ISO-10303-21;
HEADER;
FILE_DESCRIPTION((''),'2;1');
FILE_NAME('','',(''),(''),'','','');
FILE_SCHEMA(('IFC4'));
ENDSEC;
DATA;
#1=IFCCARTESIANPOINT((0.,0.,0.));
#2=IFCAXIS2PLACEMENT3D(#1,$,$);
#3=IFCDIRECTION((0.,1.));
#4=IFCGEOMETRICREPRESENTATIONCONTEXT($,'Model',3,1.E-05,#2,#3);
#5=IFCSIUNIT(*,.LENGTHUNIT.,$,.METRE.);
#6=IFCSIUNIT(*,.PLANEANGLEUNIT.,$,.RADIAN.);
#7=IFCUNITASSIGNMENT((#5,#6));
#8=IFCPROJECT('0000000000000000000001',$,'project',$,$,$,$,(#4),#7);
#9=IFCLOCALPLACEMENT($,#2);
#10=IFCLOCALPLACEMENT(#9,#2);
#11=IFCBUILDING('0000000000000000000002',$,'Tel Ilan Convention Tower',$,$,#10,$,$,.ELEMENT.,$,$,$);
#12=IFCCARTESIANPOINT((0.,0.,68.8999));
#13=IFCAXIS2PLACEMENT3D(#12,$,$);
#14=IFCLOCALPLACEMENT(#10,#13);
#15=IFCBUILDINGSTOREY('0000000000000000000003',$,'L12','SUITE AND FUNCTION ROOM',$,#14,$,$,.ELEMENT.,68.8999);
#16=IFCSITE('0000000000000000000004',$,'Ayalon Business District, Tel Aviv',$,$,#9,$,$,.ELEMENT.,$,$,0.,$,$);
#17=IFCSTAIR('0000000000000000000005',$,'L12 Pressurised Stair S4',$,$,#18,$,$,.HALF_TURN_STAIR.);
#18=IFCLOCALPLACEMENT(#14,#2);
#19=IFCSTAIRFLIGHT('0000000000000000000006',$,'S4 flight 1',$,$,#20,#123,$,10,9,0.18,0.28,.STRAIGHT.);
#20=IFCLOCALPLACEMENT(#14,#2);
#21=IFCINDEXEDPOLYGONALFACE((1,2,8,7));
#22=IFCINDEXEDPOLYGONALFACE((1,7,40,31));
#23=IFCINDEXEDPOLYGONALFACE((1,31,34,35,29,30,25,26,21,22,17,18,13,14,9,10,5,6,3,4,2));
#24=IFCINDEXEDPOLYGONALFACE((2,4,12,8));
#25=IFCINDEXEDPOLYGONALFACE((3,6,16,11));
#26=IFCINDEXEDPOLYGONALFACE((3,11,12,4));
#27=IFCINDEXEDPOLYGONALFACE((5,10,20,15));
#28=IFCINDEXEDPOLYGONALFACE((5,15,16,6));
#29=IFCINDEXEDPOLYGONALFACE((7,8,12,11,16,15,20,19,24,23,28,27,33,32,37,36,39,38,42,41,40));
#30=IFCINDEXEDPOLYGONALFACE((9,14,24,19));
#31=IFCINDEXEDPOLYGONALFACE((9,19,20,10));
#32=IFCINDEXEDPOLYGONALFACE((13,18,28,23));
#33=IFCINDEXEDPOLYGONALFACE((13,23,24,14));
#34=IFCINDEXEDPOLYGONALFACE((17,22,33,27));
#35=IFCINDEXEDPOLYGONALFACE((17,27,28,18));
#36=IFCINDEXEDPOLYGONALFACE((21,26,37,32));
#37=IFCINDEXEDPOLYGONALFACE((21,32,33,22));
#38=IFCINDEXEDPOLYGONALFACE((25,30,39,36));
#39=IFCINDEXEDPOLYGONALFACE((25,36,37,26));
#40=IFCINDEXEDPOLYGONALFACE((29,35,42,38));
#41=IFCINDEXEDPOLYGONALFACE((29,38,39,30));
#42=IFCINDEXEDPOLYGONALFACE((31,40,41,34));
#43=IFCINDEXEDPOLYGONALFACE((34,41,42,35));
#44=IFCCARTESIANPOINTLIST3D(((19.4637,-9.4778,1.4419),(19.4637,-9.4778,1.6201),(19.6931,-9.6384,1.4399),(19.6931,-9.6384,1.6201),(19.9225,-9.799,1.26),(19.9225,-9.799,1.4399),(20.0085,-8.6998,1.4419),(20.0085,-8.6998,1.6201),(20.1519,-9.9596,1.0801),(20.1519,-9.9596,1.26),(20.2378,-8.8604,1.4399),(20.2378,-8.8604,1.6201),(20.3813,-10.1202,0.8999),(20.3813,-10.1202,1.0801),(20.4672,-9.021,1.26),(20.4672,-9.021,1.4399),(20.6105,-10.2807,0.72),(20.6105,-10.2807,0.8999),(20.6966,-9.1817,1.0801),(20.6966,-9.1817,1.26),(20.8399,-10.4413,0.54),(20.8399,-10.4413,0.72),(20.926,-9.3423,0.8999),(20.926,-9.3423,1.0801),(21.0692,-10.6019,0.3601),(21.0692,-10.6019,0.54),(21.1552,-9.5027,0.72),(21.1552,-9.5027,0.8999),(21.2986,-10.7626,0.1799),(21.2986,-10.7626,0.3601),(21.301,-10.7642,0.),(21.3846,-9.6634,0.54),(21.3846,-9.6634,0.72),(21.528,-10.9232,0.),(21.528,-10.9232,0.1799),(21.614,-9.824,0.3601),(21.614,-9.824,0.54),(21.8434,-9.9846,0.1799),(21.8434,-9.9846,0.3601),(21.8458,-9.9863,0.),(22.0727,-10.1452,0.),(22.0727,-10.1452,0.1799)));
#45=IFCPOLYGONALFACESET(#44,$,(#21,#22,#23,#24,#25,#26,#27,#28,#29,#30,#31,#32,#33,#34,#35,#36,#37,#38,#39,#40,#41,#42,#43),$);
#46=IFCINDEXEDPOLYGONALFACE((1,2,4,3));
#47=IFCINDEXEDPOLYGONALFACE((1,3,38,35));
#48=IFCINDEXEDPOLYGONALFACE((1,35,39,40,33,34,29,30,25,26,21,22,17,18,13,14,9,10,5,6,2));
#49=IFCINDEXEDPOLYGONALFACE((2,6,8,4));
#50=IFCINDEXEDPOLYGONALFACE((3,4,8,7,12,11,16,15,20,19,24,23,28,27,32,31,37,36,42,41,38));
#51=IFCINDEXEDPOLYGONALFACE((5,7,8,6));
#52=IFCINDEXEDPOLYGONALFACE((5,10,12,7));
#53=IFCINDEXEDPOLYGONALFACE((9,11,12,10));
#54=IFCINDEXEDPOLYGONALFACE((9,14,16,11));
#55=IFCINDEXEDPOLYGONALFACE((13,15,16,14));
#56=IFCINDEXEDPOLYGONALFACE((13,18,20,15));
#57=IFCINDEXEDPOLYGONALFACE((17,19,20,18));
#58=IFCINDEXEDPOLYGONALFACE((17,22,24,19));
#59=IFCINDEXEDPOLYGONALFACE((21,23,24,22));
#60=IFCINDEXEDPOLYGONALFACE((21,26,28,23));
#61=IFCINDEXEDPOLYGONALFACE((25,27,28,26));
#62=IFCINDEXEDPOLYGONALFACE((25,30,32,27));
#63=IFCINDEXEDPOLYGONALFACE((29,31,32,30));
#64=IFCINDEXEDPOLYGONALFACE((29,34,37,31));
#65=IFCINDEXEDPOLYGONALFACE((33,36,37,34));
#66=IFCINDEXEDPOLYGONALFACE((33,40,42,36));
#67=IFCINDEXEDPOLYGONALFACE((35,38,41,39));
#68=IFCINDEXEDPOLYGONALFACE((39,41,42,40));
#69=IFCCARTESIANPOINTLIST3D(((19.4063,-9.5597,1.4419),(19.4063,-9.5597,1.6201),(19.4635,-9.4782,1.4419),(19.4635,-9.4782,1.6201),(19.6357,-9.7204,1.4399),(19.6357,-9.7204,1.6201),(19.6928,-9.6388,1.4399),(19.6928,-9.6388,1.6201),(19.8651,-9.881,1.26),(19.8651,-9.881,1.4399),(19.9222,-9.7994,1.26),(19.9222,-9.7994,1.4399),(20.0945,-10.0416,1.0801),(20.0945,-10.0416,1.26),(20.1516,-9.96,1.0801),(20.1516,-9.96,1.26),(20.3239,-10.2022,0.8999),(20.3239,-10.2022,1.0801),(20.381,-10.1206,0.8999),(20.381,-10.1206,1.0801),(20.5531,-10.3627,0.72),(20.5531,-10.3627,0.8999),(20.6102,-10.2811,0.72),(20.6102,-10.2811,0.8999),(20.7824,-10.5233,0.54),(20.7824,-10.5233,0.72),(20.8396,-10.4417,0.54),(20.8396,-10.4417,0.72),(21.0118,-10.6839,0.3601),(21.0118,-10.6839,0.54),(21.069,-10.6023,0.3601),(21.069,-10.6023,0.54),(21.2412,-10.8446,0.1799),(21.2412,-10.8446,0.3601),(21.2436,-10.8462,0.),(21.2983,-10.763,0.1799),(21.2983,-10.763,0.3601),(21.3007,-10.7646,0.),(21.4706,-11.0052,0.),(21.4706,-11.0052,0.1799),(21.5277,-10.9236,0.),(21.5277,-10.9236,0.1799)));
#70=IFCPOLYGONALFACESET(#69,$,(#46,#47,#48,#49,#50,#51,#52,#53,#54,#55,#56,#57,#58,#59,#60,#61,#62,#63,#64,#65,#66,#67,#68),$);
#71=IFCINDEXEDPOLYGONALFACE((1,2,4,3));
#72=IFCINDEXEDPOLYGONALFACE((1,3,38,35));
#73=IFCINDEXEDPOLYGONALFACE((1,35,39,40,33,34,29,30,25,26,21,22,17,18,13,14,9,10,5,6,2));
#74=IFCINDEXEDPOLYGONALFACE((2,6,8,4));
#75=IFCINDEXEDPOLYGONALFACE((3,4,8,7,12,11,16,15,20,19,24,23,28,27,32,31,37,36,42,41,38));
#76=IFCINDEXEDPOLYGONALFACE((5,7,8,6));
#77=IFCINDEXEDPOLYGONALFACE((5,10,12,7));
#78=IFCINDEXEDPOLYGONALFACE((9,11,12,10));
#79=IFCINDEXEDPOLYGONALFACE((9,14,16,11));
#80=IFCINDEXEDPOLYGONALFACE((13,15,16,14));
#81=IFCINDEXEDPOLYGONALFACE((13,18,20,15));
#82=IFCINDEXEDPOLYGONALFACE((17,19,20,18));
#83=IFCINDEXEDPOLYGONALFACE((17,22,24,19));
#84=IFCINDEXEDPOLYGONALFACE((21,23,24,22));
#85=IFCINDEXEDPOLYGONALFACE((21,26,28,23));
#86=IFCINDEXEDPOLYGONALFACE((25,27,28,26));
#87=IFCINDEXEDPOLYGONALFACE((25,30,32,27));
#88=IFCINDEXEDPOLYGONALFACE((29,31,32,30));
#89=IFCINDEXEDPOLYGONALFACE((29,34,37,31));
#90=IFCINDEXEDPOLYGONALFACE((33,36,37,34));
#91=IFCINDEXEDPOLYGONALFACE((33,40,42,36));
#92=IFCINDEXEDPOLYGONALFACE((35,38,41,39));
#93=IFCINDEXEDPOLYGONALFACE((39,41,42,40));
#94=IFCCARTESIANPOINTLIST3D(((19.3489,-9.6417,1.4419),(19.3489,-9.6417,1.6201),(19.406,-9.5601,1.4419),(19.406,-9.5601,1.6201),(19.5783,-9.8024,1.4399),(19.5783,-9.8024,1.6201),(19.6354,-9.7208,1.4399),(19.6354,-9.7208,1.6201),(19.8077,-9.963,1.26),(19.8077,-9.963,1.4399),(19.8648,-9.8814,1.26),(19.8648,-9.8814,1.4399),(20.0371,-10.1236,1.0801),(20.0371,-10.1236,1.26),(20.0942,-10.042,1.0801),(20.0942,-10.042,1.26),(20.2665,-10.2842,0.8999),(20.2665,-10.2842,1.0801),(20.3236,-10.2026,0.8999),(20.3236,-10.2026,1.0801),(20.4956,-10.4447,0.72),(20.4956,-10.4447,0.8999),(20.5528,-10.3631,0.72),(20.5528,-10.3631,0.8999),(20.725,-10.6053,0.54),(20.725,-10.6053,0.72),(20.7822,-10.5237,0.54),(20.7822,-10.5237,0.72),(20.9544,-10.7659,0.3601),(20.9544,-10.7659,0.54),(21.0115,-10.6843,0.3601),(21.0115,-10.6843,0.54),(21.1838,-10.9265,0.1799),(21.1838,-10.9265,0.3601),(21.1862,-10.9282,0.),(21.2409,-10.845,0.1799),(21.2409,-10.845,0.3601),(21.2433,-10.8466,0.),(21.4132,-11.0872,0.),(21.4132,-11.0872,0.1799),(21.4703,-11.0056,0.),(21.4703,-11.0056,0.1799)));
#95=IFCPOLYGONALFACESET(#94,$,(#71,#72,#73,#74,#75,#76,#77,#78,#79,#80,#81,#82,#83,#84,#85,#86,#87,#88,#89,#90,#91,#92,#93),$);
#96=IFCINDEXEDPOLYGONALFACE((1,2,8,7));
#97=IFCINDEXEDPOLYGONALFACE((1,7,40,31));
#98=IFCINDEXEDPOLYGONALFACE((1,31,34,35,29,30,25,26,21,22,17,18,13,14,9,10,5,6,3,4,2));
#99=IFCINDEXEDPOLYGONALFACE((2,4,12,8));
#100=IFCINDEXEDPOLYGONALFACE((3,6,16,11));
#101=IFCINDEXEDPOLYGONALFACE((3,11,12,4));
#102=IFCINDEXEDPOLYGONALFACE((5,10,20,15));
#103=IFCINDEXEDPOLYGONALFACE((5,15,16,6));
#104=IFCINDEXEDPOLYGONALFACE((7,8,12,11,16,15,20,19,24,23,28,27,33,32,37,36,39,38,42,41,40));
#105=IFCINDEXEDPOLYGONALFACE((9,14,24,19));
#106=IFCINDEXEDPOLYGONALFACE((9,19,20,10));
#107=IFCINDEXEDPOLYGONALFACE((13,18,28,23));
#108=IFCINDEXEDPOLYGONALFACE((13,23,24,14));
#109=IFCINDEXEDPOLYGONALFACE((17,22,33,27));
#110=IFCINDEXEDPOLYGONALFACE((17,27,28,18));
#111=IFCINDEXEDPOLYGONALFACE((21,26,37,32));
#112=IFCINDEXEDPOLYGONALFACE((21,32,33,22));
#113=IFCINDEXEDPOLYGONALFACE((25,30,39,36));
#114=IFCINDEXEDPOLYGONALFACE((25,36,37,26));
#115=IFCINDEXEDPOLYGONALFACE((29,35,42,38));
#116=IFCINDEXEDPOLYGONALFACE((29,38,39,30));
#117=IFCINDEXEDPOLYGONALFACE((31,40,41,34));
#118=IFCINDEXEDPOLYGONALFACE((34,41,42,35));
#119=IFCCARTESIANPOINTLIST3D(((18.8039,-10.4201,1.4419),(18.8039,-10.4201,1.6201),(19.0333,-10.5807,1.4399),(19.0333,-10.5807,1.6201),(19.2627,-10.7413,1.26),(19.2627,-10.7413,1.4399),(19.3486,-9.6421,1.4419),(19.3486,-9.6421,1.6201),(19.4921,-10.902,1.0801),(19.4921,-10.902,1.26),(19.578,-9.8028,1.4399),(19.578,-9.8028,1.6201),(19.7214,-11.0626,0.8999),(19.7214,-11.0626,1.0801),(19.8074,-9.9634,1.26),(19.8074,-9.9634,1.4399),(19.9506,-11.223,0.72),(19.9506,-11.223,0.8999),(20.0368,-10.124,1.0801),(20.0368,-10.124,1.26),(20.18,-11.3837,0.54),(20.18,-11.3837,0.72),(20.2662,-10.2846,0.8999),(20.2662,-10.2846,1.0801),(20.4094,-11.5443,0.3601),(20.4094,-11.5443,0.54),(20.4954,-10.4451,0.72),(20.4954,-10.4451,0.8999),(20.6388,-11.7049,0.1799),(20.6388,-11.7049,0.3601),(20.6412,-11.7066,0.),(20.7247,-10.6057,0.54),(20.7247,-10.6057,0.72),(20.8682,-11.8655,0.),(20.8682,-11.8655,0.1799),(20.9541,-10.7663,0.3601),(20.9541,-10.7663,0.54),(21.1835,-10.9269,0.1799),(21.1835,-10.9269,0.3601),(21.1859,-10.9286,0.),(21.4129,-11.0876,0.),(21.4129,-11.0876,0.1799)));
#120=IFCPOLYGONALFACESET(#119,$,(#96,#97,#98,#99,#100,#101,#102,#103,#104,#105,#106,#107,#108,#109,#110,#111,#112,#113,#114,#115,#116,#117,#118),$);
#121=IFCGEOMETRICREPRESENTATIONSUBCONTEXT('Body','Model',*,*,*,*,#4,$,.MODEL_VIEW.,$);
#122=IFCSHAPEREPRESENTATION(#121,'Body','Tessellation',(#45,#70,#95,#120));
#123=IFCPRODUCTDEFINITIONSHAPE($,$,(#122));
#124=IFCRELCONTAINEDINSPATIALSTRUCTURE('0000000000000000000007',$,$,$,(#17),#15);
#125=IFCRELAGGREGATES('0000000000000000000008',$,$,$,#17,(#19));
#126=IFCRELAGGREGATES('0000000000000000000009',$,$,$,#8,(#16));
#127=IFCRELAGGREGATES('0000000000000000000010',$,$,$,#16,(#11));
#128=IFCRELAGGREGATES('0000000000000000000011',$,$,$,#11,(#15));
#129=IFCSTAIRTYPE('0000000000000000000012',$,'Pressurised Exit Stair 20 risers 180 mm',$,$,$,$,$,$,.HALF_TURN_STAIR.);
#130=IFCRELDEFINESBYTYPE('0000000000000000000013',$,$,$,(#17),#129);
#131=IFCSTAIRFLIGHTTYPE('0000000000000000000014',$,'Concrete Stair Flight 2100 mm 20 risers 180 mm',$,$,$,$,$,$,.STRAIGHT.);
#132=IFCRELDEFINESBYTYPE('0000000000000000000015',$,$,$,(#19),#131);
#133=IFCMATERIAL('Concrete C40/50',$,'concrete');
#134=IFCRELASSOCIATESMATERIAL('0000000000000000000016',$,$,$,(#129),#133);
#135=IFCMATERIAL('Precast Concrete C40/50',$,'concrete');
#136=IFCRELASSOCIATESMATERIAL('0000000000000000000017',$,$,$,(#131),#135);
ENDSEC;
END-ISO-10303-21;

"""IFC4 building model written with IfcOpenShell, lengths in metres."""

from ifc_helpers import new_model, si_unit, direction, frame, origin, place, context, subcontext, project, spatial, polyline, outline, extrude, material, type_object, element, aggregate, save


model = new_model("IFC4")

# Units and contexts
model_context = context("Model", 3, precision=1e-05, world=origin(), true_north=direction((0.0, 1.0)))
body_context = subcontext(model_context, "Body", "Model", "MODEL_VIEW")
ifc_project = project(units=[si_unit("LENGTHUNIT", "METRE"), si_unit("PLANEANGLEUNIT", "RADIAN")], contexts=[model_context])

# Site, building, storey
site_placement = place(None, origin())
site = spatial("IfcSite", under=ifc_project, at=site_placement, Name="Ayalon Business District, Tel Aviv", CompositionType="ELEMENT", RefElevation=0.0)
building_placement = place(site_placement, origin())
building = spatial("IfcBuilding", under=site, at=building_placement, Name="Tel Ilan Convention Tower", CompositionType="ELEMENT")
storey_placement = place(building_placement, frame((0.0, 0.0, 68.8999)))
storey = spatial("IfcBuildingStorey", under=building, at=storey_placement, Name="L12", Description="SUITE AND FUNCTION ROOM", CompositionType="ELEMENT", Elevation=68.8999)

# Shared definitions
ifc_material_1 = material(Name="Concrete C40/50", Category="concrete")
stair_type = type_object("IfcStairType", Name="Pressurised Exit Stair 20 risers 180 mm", PredefinedType="HALF_TURN_STAIR", material=ifc_material_1)
ifc_material_2 = material(Name="Precast Concrete C40/50", Category="concrete")
stair_flight_type = type_object("IfcStairFlightType", Name="Concrete Stair Flight 2100 mm 20 risers 180 mm", PredefinedType="STRAIGHT", material=ifc_material_2)

# Stair, stair flight
stair_1_placement = place(storey_placement, origin())
stair_1 = element("IfcStair", 1, at=stair_1_placement, inside=storey, type_object=stair_type, Name="L12 Pressurised Stair S4", PredefinedType="HALF_TURN_STAIR")
stair_flight_1_placement = place(storey_placement, frame((21.4705, -11.0054, 0.0), z_axis=(0.0, 0.0, 1.0), x_axis=(-0.819152, 0.573576, 0.0)))
stair_flight_1 = element("IfcStairFlight", 2, at=stair_flight_1_placement, type_object=stair_flight_type, Name="S4 flight 1", NumberOfRisers=10, NumberOfTreads=9, PredefinedType="STRAIGHT", RiserHeight=0.18, TreadLength=0.28, context=body_context, shape_type="SweptSolid", body=[
    extrude(outline(polyline([(0.0, 0.0), (0.0, 0.1799), (0.28, 0.1799), (0.28, 0.3601), (0.5601, 0.3601), (0.5601, 0.54), (0.8401, 0.54), (0.8401, 0.72), (1.1201, 0.72), (1.1201, 0.8999), (1.3999, 0.8999), (1.3999, 1.0801), (1.6799, 1.0801), (1.6799, 1.26), (1.96, 1.26), (1.96, 1.4399), (2.24, 1.4399), (2.24, 1.6201), (2.52, 1.6201), (2.52, 1.8), (2.52, 1.4419), (0.2771, 0.0), (0.0, 0.0)])), frame((0.0, -0.1003, 0.0), z_axis=(0.0, -1.0, 0.0), x_axis=(1.0, 0.0, 0.0)), (0.0, 0.0, 1.0), 0.9497),
    extrude(outline(polyline([(0.0, 0.0), (0.0, 0.1799), (0.28, 0.1799), (0.28, 0.3601), (0.5601, 0.3601), (0.5601, 0.54), (0.8401, 0.54), (0.8401, 0.72), (1.1201, 0.72), (1.1201, 0.8999), (1.3999, 0.8999), (1.3999, 1.0801), (1.6799, 1.0801), (1.6799, 1.26), (1.96, 1.26), (1.96, 1.4399), (2.24, 1.4399), (2.24, 1.6201), (2.52, 1.6201), (2.52, 1.8), (2.52, 1.4419), (0.2771, 0.0), (0.0, 0.0)])), frame((0.0, -0.0002, 0.0), z_axis=(0.0, -1.0, 0.0), x_axis=(1.0, 0.0, 0.0)), (0.0, 0.0, 1.0), 0.0996),
    extrude(outline(polyline([(0.0, 0.0), (0.0, 0.1799), (0.28, 0.1799), (0.28, 0.3601), (0.5601, 0.3601), (0.5601, 0.54), (0.8401, 0.54), (0.8401, 0.72), (1.1201, 0.72), (1.1201, 0.8999), (1.3999, 0.8999), (1.3999, 1.0801), (1.6799, 1.0801), (1.6799, 1.26), (1.96, 1.26), (1.96, 1.4399), (2.24, 1.4399), (2.24, 1.6201), (2.52, 1.6201), (2.52, 1.8), (2.52, 1.4419), (0.2771, 0.0), (0.0, 0.0)])), frame((0.0, 0.0999, 0.0), z_axis=(0.0, -1.0, 0.0), x_axis=(1.0, 0.0, 0.0)), (0.0, 0.0, 1.0), 0.0996),
    extrude(outline(polyline([(0.0, 0.0), (0.0, 0.1799), (0.28, 0.1799), (0.28, 0.3601), (0.5601, 0.3601), (0.5601, 0.54), (0.8401, 0.54), (0.8401, 0.72), (1.1201, 0.72), (1.1201, 0.8999), (1.3999, 0.8999), (1.3999, 1.0801), (1.6799, 1.0801), (1.6799, 1.26), (1.96, 1.26), (1.96, 1.4399), (2.24, 1.4399), (2.24, 1.6201), (2.52, 1.6201), (2.52, 1.8), (2.52, 1.4419), (0.2771, 0.0), (0.0, 0.0)])), frame((0.0, 1.05, 0.0), z_axis=(0.0, -1.0, 0.0), x_axis=(1.0, 0.0, 0.0)), (0.0, 0.0, 1.0), 0.9497),
])
aggregate(stair_1, [stair_flight_1])

save(model, "model.ifc")
